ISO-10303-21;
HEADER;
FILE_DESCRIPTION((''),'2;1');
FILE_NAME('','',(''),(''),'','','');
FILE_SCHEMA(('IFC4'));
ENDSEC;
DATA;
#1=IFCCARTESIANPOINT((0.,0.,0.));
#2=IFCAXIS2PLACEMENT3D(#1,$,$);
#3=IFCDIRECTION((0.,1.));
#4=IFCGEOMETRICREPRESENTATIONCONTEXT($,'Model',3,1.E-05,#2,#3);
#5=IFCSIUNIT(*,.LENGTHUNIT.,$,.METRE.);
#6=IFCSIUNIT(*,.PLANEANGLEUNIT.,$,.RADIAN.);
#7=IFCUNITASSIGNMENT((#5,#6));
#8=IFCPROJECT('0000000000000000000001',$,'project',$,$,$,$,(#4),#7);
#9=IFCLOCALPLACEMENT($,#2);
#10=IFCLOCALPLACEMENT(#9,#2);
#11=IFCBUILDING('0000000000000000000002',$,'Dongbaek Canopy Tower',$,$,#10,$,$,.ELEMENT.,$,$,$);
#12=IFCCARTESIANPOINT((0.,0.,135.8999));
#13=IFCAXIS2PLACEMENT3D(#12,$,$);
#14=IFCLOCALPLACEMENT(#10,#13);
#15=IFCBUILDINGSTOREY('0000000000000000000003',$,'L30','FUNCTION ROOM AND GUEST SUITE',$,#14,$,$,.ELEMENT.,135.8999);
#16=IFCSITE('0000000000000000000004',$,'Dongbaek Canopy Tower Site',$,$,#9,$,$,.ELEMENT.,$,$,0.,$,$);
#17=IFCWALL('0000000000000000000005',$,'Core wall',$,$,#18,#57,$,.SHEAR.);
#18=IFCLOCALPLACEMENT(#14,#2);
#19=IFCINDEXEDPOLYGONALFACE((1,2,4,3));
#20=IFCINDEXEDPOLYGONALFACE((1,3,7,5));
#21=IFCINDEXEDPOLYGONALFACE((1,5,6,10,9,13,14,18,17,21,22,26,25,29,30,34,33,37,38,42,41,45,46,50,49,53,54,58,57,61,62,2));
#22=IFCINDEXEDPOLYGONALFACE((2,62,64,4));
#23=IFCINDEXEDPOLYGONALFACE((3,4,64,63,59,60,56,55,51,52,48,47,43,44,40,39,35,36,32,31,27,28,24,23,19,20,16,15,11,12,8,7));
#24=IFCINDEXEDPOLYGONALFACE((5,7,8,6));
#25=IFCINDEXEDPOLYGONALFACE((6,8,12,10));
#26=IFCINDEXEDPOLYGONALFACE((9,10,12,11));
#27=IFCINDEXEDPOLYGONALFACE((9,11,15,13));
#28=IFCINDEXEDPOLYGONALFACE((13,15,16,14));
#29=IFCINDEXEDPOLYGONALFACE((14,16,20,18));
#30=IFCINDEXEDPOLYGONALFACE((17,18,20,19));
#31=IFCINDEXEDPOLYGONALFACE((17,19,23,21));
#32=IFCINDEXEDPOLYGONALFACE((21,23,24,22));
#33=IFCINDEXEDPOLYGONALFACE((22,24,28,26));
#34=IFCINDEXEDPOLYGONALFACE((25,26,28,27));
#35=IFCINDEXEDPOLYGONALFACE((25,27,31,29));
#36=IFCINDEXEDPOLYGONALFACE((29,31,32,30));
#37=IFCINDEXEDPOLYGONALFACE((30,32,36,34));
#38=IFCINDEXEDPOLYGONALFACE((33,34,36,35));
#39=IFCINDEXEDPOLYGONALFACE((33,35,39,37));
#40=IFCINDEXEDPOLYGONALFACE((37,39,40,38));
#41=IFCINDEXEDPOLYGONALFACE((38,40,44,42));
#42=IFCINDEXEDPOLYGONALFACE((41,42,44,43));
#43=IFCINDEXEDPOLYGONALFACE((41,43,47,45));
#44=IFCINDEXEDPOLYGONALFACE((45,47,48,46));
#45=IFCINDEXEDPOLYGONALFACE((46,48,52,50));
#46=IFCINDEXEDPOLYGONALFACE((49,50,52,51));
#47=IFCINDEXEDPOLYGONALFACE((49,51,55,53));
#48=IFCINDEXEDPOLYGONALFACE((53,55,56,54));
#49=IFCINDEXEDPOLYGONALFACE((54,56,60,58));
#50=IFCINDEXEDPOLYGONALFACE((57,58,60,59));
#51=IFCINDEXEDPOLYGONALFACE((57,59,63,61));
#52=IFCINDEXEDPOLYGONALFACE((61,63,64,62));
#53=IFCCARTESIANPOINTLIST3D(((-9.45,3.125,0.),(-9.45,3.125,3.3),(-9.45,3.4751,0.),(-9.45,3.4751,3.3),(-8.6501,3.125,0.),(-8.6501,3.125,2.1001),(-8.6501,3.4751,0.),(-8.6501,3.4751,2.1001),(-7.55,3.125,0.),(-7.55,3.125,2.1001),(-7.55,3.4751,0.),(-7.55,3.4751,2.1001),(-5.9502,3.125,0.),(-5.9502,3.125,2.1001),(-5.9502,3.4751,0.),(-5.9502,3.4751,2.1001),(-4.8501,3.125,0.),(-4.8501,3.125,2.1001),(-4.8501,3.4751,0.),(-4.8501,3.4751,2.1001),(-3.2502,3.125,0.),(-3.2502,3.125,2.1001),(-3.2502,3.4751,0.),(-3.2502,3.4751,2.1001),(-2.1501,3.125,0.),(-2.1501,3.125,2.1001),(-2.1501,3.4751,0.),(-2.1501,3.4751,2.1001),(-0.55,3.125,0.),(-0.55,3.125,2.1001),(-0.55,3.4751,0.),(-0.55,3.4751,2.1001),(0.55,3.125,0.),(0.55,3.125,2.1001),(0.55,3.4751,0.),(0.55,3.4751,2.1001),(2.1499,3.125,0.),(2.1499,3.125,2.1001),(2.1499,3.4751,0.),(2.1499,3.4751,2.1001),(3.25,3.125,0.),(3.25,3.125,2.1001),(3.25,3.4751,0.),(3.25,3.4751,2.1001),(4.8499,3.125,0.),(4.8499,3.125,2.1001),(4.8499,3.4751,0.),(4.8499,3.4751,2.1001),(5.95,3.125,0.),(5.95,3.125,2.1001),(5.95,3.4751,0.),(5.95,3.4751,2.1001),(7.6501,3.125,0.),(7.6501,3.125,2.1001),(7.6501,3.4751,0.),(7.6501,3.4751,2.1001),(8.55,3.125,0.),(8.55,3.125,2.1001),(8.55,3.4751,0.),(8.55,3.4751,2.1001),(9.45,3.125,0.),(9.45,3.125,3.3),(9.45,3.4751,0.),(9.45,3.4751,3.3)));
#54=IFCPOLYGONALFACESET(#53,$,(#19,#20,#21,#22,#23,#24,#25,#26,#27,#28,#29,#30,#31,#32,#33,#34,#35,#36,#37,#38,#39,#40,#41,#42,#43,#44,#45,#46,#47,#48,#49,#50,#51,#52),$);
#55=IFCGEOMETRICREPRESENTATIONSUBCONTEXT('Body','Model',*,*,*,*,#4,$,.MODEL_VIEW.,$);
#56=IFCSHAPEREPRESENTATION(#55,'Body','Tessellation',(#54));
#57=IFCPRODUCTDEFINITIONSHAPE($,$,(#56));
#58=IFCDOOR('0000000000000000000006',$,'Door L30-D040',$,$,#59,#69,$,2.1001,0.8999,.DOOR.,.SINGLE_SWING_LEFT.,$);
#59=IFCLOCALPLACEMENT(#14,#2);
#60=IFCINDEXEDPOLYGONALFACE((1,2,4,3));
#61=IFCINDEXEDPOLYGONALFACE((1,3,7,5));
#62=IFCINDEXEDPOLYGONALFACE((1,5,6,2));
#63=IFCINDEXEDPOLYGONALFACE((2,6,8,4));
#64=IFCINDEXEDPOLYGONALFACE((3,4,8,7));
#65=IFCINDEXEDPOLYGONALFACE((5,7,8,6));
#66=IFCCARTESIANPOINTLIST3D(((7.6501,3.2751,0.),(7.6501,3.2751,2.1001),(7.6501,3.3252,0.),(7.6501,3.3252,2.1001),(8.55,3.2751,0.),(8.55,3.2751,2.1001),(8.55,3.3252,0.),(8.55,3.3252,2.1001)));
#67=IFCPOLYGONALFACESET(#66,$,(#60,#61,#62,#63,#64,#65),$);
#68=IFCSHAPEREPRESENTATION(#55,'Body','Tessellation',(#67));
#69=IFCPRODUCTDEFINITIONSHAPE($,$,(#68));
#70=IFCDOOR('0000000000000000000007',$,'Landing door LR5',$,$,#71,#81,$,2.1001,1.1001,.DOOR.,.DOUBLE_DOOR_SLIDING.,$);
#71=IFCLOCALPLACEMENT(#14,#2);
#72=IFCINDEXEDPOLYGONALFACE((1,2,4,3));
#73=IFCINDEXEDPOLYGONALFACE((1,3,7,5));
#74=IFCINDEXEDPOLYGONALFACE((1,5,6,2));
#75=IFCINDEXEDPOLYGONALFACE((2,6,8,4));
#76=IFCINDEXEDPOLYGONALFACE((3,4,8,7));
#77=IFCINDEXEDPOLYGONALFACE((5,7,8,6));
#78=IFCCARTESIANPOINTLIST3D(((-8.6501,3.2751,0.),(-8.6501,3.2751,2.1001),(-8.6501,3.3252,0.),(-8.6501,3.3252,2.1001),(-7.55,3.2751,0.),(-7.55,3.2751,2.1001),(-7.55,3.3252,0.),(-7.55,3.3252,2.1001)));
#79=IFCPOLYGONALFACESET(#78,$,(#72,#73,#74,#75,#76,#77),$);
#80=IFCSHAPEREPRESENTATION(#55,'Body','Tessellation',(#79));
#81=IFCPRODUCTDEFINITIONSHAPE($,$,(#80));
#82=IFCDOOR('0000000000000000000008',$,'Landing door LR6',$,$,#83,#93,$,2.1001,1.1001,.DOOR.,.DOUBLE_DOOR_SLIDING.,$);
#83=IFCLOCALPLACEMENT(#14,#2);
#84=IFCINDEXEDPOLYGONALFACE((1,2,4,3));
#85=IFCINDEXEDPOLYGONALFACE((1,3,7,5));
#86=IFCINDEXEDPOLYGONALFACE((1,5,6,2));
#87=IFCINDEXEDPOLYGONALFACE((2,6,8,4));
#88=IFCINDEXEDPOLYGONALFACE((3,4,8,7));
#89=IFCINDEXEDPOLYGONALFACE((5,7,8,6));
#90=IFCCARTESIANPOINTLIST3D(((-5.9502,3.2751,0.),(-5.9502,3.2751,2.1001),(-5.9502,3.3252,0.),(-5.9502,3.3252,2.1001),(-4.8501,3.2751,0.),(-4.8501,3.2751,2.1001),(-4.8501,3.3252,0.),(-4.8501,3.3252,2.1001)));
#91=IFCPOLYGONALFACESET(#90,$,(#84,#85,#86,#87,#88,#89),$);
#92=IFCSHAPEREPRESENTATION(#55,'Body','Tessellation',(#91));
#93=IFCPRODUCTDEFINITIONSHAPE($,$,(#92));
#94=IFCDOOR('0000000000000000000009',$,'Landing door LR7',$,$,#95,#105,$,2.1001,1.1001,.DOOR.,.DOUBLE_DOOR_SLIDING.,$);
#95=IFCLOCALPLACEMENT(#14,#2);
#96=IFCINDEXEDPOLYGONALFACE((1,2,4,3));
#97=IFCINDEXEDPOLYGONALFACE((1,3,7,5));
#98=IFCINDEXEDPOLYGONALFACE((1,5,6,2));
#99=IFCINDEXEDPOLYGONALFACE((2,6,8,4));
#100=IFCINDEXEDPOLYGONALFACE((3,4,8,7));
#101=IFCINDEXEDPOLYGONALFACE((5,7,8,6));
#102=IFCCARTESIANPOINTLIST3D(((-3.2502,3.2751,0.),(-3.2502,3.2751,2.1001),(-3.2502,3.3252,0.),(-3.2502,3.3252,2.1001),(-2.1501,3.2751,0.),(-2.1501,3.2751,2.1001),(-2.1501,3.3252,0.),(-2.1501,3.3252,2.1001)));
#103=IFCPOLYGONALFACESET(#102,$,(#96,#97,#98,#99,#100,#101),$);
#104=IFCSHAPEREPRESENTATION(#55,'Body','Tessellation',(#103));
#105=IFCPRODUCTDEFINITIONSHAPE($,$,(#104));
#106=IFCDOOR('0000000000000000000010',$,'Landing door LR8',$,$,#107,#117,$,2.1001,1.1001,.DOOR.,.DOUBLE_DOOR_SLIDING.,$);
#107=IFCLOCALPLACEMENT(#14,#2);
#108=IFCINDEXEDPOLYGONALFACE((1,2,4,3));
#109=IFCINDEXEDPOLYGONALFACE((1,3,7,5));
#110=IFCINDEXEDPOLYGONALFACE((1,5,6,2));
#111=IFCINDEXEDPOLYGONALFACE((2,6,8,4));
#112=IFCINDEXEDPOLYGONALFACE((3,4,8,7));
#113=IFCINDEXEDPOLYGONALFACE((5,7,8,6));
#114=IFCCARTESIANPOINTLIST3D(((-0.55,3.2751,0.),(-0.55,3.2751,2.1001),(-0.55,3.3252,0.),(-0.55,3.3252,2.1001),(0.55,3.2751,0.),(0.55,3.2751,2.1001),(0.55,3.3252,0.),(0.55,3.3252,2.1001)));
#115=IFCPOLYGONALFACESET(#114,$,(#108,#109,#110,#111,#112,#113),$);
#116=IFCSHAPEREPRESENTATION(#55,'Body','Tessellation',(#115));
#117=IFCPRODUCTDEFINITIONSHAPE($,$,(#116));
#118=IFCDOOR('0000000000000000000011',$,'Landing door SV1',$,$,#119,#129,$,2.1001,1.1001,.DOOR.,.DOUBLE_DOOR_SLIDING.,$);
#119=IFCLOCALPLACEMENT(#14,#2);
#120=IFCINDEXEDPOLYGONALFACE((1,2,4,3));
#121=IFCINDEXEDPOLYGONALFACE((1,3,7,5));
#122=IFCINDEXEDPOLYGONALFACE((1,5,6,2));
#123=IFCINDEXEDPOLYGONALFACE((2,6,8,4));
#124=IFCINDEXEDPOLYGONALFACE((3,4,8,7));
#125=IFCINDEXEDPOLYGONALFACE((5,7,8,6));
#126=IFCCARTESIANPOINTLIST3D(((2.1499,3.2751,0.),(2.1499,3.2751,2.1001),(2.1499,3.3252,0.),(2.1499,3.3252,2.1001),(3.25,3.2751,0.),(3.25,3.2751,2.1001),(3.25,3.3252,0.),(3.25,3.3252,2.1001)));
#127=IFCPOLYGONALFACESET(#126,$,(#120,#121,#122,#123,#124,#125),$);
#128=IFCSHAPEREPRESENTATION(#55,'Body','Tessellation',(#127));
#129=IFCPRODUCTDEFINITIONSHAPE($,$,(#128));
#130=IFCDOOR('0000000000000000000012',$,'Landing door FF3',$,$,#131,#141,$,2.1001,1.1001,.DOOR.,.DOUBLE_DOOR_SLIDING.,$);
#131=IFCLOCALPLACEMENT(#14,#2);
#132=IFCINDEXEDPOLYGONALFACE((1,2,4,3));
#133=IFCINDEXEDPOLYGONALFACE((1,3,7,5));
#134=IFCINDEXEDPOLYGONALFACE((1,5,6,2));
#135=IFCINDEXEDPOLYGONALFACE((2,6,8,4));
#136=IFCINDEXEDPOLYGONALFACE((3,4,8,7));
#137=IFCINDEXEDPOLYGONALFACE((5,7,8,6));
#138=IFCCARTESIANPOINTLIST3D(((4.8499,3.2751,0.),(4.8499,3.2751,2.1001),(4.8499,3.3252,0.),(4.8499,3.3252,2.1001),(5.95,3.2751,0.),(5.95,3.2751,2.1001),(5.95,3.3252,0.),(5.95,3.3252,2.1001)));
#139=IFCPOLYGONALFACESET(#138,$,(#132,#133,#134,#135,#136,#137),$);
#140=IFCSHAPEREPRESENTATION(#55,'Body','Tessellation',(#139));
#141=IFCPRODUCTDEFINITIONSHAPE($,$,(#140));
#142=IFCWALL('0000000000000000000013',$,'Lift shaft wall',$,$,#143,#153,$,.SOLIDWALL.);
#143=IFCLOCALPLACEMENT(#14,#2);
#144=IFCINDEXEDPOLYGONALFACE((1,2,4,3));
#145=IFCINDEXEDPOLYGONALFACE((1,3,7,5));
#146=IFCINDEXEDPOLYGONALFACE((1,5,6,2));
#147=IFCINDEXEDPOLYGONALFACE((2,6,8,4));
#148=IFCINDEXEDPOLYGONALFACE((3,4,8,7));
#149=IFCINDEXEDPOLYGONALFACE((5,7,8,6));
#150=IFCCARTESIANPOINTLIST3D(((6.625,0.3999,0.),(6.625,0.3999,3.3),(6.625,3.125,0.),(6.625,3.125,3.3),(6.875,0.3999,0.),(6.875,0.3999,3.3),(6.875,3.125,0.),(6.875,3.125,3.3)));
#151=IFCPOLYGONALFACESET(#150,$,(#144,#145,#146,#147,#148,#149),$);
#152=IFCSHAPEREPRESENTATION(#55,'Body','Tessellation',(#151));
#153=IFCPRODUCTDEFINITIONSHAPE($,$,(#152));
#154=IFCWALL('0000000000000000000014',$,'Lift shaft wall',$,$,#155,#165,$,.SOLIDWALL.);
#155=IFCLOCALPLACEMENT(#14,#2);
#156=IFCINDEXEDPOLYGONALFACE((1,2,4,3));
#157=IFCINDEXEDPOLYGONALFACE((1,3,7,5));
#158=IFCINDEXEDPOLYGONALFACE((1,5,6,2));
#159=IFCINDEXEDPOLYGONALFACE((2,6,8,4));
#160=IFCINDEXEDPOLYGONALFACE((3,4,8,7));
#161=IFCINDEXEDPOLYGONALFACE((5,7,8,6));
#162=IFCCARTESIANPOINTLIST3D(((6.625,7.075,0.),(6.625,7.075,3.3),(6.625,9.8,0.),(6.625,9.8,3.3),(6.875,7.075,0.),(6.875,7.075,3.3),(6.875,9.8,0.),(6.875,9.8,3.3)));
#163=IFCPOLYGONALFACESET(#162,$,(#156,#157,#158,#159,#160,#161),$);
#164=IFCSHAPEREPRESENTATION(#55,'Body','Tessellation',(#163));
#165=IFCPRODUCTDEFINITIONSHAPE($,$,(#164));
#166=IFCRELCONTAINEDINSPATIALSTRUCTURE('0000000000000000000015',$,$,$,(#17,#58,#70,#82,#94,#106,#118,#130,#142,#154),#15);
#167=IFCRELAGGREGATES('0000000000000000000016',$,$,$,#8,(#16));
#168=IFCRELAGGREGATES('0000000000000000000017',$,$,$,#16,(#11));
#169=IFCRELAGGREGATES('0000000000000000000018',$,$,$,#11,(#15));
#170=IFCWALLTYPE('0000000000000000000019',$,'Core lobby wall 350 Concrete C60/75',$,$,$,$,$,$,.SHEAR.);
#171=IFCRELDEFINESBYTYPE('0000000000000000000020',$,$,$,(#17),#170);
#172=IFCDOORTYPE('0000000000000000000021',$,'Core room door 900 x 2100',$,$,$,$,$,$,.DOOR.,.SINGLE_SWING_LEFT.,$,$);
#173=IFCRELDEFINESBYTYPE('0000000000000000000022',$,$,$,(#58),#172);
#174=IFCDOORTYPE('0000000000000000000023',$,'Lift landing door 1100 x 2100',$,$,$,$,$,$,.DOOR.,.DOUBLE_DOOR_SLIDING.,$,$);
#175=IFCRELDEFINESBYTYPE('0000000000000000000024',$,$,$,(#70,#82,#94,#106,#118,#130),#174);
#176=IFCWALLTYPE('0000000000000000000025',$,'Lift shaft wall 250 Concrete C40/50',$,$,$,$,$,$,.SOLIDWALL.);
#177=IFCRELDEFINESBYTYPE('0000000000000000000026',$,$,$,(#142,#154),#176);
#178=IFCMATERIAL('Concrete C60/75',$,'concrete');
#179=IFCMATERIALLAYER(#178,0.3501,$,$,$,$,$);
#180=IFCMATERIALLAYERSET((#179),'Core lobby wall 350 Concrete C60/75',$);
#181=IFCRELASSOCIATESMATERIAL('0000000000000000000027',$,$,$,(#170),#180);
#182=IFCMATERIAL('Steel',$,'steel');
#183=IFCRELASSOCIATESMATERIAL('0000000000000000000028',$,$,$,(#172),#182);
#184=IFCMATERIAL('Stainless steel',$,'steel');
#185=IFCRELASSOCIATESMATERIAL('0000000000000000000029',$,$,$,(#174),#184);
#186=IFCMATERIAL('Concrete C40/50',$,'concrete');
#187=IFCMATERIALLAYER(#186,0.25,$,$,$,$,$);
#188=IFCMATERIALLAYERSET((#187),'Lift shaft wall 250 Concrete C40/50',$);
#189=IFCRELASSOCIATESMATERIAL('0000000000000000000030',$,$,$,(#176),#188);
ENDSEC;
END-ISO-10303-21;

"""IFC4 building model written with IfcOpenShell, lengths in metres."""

from ifc_helpers import new_model, si_unit, direction, frame, frame_2d, origin, place, context, subcontext, project, spatial, rectangle, extrude, material, layer, layer_set, type_object, element, fill, save


model = new_model("IFC4")

# Units and contexts
model_context = context("Model", 3, precision=1e-05, world=origin(), true_north=direction((0.0, 1.0)))
body_context = subcontext(model_context, "Body", "Model", "MODEL_VIEW")
ifc_project = project(units=[si_unit("LENGTHUNIT", "METRE"), si_unit("PLANEANGLEUNIT", "RADIAN")], contexts=[model_context])

# Site, building, storey
site_placement = place(None, origin())
site = spatial("IfcSite", under=ifc_project, at=site_placement, Name="Dongbaek Canopy Tower Site", CompositionType="ELEMENT", RefElevation=0.0)
building_placement = place(site_placement, origin())
building = spatial("IfcBuilding", under=site, at=building_placement, Name="Dongbaek Canopy Tower", CompositionType="ELEMENT")
storey_placement = place(building_placement, frame((0.0, 0.0, 135.8999)))
storey = spatial("IfcBuildingStorey", under=building, at=storey_placement, Name="L30", Description="FUNCTION ROOM AND GUEST SUITE", CompositionType="ELEMENT", Elevation=135.8999)

# Wall, openings, doors
ifc_material_1 = material(Name="Concrete C60/75", Category="concrete")
ifc_layer_1 = layer(ifc_material_1, 0.3501)
ifc_layer_set_1 = layer_set([ifc_layer_1], Name="Core lobby wall 350 Concrete C60/75")
wall_type_1 = type_object("IfcWallType", Name="Core lobby wall 350 Concrete C60/75", PredefinedType="SHEAR", material=ifc_layer_set_1)
wall_1_placement = place(storey_placement, frame((9.45, 3.3, 0.0), z_axis=(0.0, 0.0, 1.0), x_axis=(-1.0, 0.0, 0.0)))
wall_1 = element("IfcWall", 1, at=wall_1_placement, inside=storey, type_object=wall_type_1, Name="Core wall", PredefinedType="SHEAR", context=body_context, shape_type="SweptSolid", body=[
    extrude(rectangle(XDim=18.8999, YDim=0.3501, at=frame_2d((9.45, 0.0))), origin(), (0.0, 0.0, 1.0), 3.3),
])
opening_1_placement = place(wall_1_placement, frame((17.0, 0.0, 0.0)))
opening_1 = element("IfcOpeningElement", 2, at=opening_1_placement, cuts=wall_1, PredefinedType="OPENING", context=body_context, shape_type="SweptSolid", body=[
    extrude(rectangle(XDim=1.1001, YDim=2.1001, at=frame_2d((0.55, 1.05))), frame((0.0, 0.1851, 0.0), z_axis=(0.0, -1.0, 0.0), x_axis=(1.0, 0.0, 0.0)), (0.0, 0.0, 1.0), 0.3701),
])
opening_2_placement = place(wall_1_placement, frame((14.3, 0.0, 0.0)))
opening_2 = element("IfcOpeningElement", 3, at=opening_2_placement, cuts=wall_1, PredefinedType="OPENING", context=body_context, shape_type="SweptSolid", body=[
    extrude(rectangle(XDim=1.1001, YDim=2.1001, at=frame_2d((0.55, 1.05))), frame((0.0, 0.1851, 0.0), z_axis=(0.0, -1.0, 0.0), x_axis=(1.0, 0.0, 0.0)), (0.0, 0.0, 1.0), 0.3701),
])
opening_3_placement = place(wall_1_placement, frame((11.6001, 0.0, 0.0)))
opening_3 = element("IfcOpeningElement", 4, at=opening_3_placement, cuts=wall_1, PredefinedType="OPENING", context=body_context, shape_type="SweptSolid", body=[
    extrude(rectangle(XDim=1.1001, YDim=2.1001, at=frame_2d((0.55, 1.05))), frame((0.0, 0.1851, 0.0), z_axis=(0.0, -1.0, 0.0), x_axis=(1.0, 0.0, 0.0)), (0.0, 0.0, 1.0), 0.3701),
])
opening_4_placement = place(wall_1_placement, frame((8.8999, 0.0, 0.0)))
opening_4 = element("IfcOpeningElement", 5, at=opening_4_placement, cuts=wall_1, PredefinedType="OPENING", context=body_context, shape_type="SweptSolid", body=[
    extrude(rectangle(XDim=1.1001, YDim=2.1001, at=frame_2d((0.55, 1.05))), frame((0.0, 0.1851, 0.0), z_axis=(0.0, -1.0, 0.0), x_axis=(1.0, 0.0, 0.0)), (0.0, 0.0, 1.0), 0.3701),
])
opening_5_placement = place(wall_1_placement, frame((6.2, 0.0, 0.0)))
opening_5 = element("IfcOpeningElement", 6, at=opening_5_placement, cuts=wall_1, PredefinedType="OPENING", context=body_context, shape_type="SweptSolid", body=[
    extrude(rectangle(XDim=1.1001, YDim=2.1001, at=frame_2d((0.55, 1.05))), frame((0.0, 0.1851, 0.0), z_axis=(0.0, -1.0, 0.0), x_axis=(1.0, 0.0, 0.0)), (0.0, 0.0, 1.0), 0.3701),
])
opening_6_placement = place(wall_1_placement, frame((3.5, 0.0, 0.0)))
opening_6 = element("IfcOpeningElement", 7, at=opening_6_placement, cuts=wall_1, PredefinedType="OPENING", context=body_context, shape_type="SweptSolid", body=[
    extrude(rectangle(XDim=1.1001, YDim=2.1001, at=frame_2d((0.55, 1.05))), frame((0.0, 0.1851, 0.0), z_axis=(0.0, -1.0, 0.0), x_axis=(1.0, 0.0, 0.0)), (0.0, 0.0, 1.0), 0.3701),
])
opening_7_placement = place(wall_1_placement, frame((0.8999, 0.0, 0.0)))
opening_7 = element("IfcOpeningElement", 8, at=opening_7_placement, cuts=wall_1, PredefinedType="OPENING", context=body_context, shape_type="SweptSolid", body=[
    extrude(rectangle(XDim=0.8999, YDim=2.1001, at=frame_2d((0.45, 1.05))), frame((0.0, 0.1851, 0.0), z_axis=(0.0, -1.0, 0.0), x_axis=(1.0, 0.0, 0.0)), (0.0, 0.0, 1.0), 0.3701),
])
ifc_material_2 = material(Name="Steel", Category="steel")
door_type_1 = type_object("IfcDoorType", Name="Core room door 900 x 2100", OperationType="SINGLE_SWING_LEFT", PredefinedType="DOOR", material=ifc_material_2)
door_1_placement = place(opening_7_placement, origin())
door_1 = element("IfcDoor", 9, at=door_1_placement, inside=storey, type_object=door_type_1, Name="Door L30-D040", OperationType="SINGLE_SWING_LEFT", OverallHeight=2.1001, OverallWidth=0.8999, PredefinedType="DOOR", context=body_context, shape_type="SweptSolid", body=[
    extrude(rectangle(XDim=0.8999, YDim=2.1001, at=frame_2d((0.45, 1.05))), frame((0.0, 0.0249, 0.0), z_axis=(0.0, -1.0, 0.0), x_axis=(1.0, 0.0, 0.0)), (0.0, 0.0, 1.0), 0.05),
])
fill(opening_7, door_1)
ifc_material_3 = material(Name="Stainless steel", Category="steel")
door_type_2 = type_object("IfcDoorType", Name="Lift landing door 1100 x 2100", OperationType="DOUBLE_DOOR_SLIDING", PredefinedType="DOOR", material=ifc_material_3)
door_2_placement = place(opening_1_placement, origin())
door_2 = element("IfcDoor", 10, at=door_2_placement, inside=storey, type_object=door_type_2, Name="Landing door LR5", OperationType="DOUBLE_DOOR_SLIDING", OverallHeight=2.1001, OverallWidth=1.1001, PredefinedType="DOOR", context=body_context, shape_type="SweptSolid", body=[
    extrude(rectangle(XDim=1.1001, YDim=2.1001, at=frame_2d((0.55, 1.05))), frame((0.0, 0.0249, 0.0), z_axis=(0.0, -1.0, 0.0), x_axis=(1.0, 0.0, 0.0)), (0.0, 0.0, 1.0), 0.05),
])
fill(opening_1, door_2)
door_3_placement = place(opening_2_placement, origin())
door_3 = element("IfcDoor", 11, at=door_3_placement, inside=storey, type_object=door_type_2, Name="Landing door LR6", OperationType="DOUBLE_DOOR_SLIDING", OverallHeight=2.1001, OverallWidth=1.1001, PredefinedType="DOOR", context=body_context, shape_type="SweptSolid", body=[
    extrude(rectangle(XDim=1.1001, YDim=2.1001, at=frame_2d((0.55, 1.05))), frame((0.0, 0.0249, 0.0), z_axis=(0.0, -1.0, 0.0), x_axis=(1.0, 0.0, 0.0)), (0.0, 0.0, 1.0), 0.05),
])
fill(opening_2, door_3)
door_4_placement = place(opening_3_placement, origin())
door_4 = element("IfcDoor", 12, at=door_4_placement, inside=storey, type_object=door_type_2, Name="Landing door LR7", OperationType="DOUBLE_DOOR_SLIDING", OverallHeight=2.1001, OverallWidth=1.1001, PredefinedType="DOOR", context=body_context, shape_type="SweptSolid", body=[
    extrude(rectangle(XDim=1.1001, YDim=2.1001, at=frame_2d((0.55, 1.05))), frame((0.0, 0.0249, 0.0), z_axis=(0.0, -1.0, 0.0), x_axis=(1.0, 0.0, 0.0)), (0.0, 0.0, 1.0), 0.05),
])
fill(opening_3, door_4)
door_5_placement = place(opening_4_placement, origin())
door_5 = element("IfcDoor", 13, at=door_5_placement, inside=storey, type_object=door_type_2, Name="Landing door LR8", OperationType="DOUBLE_DOOR_SLIDING", OverallHeight=2.1001, OverallWidth=1.1001, PredefinedType="DOOR", context=body_context, shape_type="SweptSolid", body=[
    extrude(rectangle(XDim=1.1001, YDim=2.1001, at=frame_2d((0.55, 1.05))), frame((0.0, 0.0249, 0.0), z_axis=(0.0, -1.0, 0.0), x_axis=(1.0, 0.0, 0.0)), (0.0, 0.0, 1.0), 0.05),
])
fill(opening_4, door_5)
door_6_placement = place(opening_5_placement, origin())
door_6 = element("IfcDoor", 14, at=door_6_placement, inside=storey, type_object=door_type_2, Name="Landing door SV1", OperationType="DOUBLE_DOOR_SLIDING", OverallHeight=2.1001, OverallWidth=1.1001, PredefinedType="DOOR", context=body_context, shape_type="SweptSolid", body=[
    extrude(rectangle(XDim=1.1001, YDim=2.1001, at=frame_2d((0.55, 1.05))), frame((0.0, 0.0249, 0.0), z_axis=(0.0, -1.0, 0.0), x_axis=(1.0, 0.0, 0.0)), (0.0, 0.0, 1.0), 0.05),
])
fill(opening_5, door_6)
door_7_placement = place(opening_6_placement, origin())
door_7 = element("IfcDoor", 15, at=door_7_placement, inside=storey, type_object=door_type_2, Name="Landing door FF3", OperationType="DOUBLE_DOOR_SLIDING", OverallHeight=2.1001, OverallWidth=1.1001, PredefinedType="DOOR", context=body_context, shape_type="SweptSolid", body=[
    extrude(rectangle(XDim=1.1001, YDim=2.1001, at=frame_2d((0.55, 1.05))), frame((0.0, 0.0249, 0.0), z_axis=(0.0, -1.0, 0.0), x_axis=(1.0, 0.0, 0.0)), (0.0, 0.0, 1.0), 0.05),
])
fill(opening_6, door_7)

# Walls
ifc_material_4 = material(Name="Concrete C40/50", Category="concrete")
ifc_layer_2 = layer(ifc_material_4, 0.25)
ifc_layer_set_2 = layer_set([ifc_layer_2], Name="Lift shaft wall 250 Concrete C40/50")
wall_type_2 = type_object("IfcWallType", Name="Lift shaft wall 250 Concrete C40/50", PredefinedType="SOLIDWALL", material=ifc_layer_set_2)
for number, where, z_axis, x_axis, name in (
    (16, (6.75, 0.3999, 0.0), (0.0, 0.0, 1.0), (0.0, 1.0, 0.0), "Lift shaft wall"),
    (17, (6.75, 7.075, 0.0), (0.0, 0.0, 1.0), (0.0, 1.0, 0.0), "Lift shaft wall"),
):
    element("IfcWall", number, at=place(storey_placement, frame(where, z_axis=z_axis, x_axis=x_axis)), inside=storey, type_object=wall_type_2, Name=name, PredefinedType="SOLIDWALL", context=body_context, shape_type="SweptSolid", body=[
        extrude(rectangle(XDim=2.7251, YDim=0.25, at=frame_2d((1.3625, 0.0))), origin(), (0.0, 0.0, 1.0), 3.3),
    ])

save(model, "model.ifc")
